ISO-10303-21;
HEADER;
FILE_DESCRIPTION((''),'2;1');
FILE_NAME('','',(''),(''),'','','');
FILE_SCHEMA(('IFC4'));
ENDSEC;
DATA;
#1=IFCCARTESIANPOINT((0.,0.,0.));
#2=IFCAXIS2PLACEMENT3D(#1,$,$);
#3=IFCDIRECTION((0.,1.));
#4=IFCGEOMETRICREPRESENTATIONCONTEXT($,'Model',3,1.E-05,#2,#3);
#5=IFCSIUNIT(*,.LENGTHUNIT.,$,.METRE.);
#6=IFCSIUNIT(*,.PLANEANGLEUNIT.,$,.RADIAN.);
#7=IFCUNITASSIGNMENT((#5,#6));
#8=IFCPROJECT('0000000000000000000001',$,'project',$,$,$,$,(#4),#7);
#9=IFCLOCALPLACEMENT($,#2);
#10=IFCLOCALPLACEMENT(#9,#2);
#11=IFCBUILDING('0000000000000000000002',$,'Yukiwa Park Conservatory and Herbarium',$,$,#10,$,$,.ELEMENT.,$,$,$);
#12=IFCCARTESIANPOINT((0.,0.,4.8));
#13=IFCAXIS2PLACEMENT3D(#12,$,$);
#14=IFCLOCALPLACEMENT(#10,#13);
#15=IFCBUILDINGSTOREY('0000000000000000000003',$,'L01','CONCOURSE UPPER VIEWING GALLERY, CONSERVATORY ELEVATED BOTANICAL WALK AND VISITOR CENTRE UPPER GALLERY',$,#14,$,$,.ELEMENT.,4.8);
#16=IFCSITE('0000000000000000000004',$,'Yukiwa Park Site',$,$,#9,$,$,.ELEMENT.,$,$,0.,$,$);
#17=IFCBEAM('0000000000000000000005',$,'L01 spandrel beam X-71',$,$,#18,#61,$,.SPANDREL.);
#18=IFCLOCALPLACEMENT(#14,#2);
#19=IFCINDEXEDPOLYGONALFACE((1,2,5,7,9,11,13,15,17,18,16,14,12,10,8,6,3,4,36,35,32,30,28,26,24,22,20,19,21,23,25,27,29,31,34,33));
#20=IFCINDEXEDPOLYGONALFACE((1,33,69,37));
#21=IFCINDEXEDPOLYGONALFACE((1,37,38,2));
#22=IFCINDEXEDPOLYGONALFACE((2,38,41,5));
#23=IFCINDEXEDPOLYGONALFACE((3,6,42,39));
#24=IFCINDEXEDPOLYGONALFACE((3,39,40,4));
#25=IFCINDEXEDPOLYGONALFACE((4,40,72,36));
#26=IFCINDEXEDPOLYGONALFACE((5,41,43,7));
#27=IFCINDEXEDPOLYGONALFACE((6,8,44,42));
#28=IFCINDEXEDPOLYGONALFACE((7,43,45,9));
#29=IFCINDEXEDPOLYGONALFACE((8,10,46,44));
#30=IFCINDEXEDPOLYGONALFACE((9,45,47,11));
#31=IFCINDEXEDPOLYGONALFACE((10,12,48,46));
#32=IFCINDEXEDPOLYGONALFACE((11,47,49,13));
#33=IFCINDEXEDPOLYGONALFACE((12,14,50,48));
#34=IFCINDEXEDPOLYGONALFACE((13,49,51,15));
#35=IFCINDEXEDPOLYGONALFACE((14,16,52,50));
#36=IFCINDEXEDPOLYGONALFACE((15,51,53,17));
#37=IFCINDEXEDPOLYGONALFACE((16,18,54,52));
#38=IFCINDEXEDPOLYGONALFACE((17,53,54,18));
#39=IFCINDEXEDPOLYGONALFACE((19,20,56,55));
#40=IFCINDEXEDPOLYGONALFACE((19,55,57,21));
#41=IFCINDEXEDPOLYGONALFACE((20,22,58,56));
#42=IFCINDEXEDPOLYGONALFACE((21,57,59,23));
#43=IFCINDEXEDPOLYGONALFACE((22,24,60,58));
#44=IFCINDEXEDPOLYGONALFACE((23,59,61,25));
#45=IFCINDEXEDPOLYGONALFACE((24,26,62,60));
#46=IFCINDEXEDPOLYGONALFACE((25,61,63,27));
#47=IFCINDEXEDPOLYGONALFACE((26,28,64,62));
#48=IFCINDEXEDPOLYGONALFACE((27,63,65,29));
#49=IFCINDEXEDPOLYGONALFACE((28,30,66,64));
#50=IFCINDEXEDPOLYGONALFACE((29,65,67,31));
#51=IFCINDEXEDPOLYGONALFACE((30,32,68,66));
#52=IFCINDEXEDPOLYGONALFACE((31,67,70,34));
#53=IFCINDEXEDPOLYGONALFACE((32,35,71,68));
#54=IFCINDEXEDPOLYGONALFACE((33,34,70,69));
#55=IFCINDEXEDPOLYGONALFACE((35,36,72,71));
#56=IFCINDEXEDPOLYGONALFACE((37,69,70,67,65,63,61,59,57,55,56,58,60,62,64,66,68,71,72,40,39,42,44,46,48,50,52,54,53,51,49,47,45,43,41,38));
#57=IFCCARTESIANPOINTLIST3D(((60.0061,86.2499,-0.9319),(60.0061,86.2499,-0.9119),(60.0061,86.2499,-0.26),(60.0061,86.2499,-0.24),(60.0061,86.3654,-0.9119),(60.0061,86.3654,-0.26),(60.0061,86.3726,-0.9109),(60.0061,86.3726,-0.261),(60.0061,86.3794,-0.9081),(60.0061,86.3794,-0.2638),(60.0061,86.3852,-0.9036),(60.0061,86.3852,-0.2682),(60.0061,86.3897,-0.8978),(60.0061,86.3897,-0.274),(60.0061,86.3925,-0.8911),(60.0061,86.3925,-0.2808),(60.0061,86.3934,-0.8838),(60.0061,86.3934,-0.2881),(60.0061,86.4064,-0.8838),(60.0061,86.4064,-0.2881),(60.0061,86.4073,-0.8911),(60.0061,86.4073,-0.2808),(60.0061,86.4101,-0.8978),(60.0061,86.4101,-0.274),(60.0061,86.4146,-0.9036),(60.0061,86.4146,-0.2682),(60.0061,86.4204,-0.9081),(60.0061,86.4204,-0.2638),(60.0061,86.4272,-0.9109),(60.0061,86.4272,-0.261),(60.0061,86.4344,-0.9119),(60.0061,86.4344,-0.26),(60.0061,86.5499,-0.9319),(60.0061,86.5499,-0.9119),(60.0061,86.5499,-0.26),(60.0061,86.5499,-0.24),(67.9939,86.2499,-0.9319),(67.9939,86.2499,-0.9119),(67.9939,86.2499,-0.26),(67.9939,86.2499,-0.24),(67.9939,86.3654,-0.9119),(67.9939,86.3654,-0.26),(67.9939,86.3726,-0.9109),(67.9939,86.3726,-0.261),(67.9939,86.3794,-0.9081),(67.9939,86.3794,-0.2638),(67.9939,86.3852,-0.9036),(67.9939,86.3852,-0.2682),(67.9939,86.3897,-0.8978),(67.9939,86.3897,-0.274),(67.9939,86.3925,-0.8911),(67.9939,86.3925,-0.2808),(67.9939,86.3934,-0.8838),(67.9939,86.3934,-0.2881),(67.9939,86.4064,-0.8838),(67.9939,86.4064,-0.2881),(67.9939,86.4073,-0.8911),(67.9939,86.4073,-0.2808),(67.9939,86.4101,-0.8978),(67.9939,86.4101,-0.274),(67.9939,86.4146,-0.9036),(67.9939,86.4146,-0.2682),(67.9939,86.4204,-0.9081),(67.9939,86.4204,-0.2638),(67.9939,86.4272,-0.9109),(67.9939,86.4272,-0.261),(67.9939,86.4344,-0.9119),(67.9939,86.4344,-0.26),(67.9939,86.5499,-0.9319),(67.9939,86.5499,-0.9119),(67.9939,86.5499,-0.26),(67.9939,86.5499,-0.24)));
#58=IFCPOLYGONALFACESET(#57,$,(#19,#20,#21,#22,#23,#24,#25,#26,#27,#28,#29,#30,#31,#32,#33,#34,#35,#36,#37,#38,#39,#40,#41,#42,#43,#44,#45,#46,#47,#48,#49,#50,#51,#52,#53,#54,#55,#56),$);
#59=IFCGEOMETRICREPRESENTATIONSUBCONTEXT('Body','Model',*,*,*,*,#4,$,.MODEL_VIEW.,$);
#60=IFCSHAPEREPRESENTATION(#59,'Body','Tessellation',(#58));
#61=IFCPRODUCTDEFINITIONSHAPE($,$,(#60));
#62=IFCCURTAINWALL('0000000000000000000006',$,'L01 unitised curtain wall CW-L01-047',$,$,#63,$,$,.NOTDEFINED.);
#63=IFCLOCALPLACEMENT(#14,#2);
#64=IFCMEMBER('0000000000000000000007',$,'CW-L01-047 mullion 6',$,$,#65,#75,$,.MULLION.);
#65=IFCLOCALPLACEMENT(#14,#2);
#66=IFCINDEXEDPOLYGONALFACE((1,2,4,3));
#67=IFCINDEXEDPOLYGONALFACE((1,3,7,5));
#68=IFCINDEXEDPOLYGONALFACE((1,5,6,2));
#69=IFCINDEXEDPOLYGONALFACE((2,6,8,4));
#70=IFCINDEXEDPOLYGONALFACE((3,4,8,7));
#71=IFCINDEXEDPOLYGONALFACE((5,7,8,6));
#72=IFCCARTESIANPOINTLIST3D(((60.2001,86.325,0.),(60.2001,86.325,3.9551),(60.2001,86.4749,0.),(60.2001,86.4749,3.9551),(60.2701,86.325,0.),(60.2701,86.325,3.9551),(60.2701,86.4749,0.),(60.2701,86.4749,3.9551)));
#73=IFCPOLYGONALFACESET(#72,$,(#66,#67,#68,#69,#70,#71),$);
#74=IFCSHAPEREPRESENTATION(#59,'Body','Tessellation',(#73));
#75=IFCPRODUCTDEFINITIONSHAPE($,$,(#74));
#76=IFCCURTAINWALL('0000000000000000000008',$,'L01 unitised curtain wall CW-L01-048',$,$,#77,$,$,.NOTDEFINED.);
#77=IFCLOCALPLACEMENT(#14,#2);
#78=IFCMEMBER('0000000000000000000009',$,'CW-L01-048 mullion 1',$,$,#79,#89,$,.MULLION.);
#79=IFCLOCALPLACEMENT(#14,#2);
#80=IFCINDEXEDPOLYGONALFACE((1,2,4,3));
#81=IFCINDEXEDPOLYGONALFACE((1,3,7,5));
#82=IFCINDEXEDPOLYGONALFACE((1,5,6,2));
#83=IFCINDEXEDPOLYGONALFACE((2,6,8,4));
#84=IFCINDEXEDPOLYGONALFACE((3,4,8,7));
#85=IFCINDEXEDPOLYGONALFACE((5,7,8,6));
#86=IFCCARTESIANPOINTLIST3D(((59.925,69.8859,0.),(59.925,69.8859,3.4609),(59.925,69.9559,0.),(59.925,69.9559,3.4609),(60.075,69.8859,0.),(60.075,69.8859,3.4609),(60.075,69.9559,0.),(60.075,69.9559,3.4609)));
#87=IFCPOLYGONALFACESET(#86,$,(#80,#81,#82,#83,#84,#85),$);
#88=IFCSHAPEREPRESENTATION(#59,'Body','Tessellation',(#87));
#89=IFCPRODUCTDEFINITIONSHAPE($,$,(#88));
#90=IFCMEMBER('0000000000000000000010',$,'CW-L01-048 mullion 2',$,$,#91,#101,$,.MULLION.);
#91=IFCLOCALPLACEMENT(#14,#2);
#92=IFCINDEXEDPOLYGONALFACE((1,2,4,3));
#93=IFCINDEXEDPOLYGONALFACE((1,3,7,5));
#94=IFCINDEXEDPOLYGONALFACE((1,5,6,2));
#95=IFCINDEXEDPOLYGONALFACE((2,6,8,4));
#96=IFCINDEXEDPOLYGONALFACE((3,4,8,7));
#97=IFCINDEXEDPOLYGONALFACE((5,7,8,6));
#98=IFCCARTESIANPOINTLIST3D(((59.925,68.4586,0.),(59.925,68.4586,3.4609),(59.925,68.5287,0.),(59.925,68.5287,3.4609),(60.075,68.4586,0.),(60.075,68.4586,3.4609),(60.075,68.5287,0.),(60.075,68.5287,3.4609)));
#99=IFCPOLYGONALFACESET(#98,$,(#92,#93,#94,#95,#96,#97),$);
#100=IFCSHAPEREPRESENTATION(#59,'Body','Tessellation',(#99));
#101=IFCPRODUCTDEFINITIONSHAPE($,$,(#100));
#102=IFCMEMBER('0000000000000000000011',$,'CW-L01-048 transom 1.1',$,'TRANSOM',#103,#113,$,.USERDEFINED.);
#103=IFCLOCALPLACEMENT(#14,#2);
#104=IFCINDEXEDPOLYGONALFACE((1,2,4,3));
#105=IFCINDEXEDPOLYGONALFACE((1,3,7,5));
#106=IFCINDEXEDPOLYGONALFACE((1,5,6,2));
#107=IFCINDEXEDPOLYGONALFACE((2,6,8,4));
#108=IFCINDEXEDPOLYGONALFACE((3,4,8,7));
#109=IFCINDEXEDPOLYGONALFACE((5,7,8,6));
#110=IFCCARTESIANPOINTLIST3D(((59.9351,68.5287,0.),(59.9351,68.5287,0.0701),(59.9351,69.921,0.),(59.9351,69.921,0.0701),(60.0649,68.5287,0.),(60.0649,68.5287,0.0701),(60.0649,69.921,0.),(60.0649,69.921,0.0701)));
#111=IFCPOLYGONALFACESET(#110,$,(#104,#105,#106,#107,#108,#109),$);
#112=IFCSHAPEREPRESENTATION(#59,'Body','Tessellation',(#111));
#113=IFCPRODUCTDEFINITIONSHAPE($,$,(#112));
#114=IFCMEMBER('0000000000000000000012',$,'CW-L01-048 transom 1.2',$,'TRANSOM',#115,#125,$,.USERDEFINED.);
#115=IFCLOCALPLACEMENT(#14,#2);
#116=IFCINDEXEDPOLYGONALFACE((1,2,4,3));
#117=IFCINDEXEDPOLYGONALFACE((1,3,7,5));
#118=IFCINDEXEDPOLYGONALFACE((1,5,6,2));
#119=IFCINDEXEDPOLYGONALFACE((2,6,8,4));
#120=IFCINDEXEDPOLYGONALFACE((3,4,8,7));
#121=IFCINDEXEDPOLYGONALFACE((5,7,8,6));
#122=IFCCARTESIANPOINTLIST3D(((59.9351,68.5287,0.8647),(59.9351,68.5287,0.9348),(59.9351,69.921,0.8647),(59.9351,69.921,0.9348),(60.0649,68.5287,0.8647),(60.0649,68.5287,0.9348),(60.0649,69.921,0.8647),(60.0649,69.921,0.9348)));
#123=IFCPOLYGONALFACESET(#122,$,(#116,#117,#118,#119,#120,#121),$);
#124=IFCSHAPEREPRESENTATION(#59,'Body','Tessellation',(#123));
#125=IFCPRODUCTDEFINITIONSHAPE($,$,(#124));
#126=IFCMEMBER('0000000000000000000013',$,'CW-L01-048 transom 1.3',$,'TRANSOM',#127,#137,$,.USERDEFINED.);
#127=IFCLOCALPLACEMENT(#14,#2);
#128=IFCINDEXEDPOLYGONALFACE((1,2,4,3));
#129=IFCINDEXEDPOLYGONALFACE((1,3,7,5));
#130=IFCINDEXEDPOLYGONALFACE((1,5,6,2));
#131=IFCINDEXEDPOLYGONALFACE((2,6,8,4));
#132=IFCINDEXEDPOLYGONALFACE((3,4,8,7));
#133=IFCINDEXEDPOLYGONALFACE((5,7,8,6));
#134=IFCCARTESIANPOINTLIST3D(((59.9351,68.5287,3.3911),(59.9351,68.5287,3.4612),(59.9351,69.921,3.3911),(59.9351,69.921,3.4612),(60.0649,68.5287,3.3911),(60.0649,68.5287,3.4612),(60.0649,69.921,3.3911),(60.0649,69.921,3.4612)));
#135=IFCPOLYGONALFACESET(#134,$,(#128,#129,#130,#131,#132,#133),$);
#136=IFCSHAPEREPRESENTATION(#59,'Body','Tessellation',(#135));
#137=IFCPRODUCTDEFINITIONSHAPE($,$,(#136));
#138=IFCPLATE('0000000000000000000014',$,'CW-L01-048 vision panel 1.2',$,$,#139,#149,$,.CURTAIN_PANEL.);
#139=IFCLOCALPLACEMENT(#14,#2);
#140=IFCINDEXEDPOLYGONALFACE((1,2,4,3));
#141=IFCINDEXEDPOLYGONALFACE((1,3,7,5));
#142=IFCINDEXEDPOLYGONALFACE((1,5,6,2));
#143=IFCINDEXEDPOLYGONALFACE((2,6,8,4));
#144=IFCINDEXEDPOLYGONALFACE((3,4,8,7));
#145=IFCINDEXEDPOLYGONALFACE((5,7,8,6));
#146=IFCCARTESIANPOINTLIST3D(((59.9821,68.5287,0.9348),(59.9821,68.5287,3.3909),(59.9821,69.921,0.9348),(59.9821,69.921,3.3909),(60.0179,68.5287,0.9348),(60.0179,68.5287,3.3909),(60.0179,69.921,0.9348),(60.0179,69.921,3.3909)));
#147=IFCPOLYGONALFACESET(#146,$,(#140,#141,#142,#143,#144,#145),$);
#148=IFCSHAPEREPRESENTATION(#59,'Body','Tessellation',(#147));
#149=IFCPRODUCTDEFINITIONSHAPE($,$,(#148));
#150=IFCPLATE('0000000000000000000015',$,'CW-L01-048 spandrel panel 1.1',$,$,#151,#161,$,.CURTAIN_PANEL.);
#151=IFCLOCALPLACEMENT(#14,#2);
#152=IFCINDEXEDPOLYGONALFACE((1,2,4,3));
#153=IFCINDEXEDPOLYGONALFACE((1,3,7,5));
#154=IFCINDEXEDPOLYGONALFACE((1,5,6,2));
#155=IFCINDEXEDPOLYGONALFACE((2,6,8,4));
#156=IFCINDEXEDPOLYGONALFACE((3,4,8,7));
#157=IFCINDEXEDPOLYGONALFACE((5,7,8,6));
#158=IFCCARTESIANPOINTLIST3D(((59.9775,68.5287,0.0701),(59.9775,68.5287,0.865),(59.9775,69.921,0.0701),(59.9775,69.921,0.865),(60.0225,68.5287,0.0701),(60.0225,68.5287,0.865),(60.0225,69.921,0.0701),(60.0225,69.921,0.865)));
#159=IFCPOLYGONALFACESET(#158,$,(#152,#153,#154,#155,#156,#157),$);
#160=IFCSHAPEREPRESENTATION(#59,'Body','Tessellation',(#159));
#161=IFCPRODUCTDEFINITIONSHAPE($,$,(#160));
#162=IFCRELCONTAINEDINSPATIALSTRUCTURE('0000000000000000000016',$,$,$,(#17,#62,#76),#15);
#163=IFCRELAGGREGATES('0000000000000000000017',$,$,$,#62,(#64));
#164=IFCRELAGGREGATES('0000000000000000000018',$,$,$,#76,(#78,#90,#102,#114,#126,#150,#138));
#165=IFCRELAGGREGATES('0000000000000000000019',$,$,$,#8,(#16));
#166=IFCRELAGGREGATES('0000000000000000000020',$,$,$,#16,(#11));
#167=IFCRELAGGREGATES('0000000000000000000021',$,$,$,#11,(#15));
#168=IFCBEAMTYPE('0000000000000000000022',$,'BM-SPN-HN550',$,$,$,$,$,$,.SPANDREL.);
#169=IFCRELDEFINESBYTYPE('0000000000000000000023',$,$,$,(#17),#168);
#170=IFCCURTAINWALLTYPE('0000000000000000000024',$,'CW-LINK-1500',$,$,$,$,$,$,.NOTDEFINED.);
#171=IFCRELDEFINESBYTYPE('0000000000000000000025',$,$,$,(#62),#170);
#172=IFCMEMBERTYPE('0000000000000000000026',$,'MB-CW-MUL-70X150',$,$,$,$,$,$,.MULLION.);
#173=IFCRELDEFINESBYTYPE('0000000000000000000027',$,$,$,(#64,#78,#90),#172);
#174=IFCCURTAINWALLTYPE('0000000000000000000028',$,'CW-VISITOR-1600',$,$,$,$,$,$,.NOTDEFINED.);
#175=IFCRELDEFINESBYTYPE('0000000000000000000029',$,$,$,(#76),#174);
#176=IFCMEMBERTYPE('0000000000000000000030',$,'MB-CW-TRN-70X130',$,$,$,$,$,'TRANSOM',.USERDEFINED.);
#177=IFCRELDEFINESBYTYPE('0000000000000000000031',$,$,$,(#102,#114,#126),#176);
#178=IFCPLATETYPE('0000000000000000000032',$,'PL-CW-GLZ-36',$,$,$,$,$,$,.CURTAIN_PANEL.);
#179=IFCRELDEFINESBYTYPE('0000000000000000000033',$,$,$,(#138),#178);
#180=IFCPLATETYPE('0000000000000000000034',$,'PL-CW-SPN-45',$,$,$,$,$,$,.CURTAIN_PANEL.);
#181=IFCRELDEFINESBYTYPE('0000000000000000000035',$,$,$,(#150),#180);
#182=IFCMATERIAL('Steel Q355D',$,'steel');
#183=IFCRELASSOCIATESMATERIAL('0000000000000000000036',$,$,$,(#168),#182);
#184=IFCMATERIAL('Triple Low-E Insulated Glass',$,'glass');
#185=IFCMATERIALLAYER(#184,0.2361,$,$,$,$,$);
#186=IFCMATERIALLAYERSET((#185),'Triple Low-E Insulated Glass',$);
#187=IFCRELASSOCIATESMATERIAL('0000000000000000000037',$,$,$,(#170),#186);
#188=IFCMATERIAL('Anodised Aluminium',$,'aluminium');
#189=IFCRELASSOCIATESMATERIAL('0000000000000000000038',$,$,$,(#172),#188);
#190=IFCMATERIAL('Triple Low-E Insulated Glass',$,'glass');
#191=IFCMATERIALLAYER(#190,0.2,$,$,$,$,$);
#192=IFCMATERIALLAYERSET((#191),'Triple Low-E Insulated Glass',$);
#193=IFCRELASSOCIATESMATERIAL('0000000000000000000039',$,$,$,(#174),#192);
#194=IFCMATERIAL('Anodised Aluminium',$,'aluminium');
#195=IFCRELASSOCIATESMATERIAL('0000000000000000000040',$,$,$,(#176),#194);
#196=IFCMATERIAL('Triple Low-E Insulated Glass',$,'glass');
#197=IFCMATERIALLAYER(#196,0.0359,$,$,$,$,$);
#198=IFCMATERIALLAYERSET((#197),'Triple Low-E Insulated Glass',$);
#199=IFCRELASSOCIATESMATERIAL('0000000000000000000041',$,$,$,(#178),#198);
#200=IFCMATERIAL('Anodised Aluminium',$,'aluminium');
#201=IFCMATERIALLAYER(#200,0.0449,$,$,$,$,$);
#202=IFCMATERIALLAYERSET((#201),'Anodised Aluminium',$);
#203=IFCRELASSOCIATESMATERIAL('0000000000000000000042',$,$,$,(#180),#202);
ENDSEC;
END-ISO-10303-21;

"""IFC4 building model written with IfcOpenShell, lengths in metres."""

from ifc_helpers import new_model, si_unit, direction, frame, origin, origin_2d, place, context, subcontext, project, spatial, rectangle, i_section, extrude, material, layer, layer_set, material_profile, profile_set, type_object, element, aggregate, save


model = new_model("IFC4")

# Units and contexts
model_context = context("Model", 3, precision=1e-05, world=origin(), true_north=direction((0.0, 1.0)))
body_context = subcontext(model_context, "Body", "Model", "MODEL_VIEW")
ifc_project = project(units=[si_unit("LENGTHUNIT", "METRE"), si_unit("PLANEANGLEUNIT", "RADIAN")], contexts=[model_context])

# Site, building, storey
site_placement = place(None, origin())
site = spatial("IfcSite", under=ifc_project, at=site_placement, Name="Yukiwa Park Site", CompositionType="ELEMENT", RefElevation=0.0)
building_placement = place(site_placement, origin())
building = spatial("IfcBuilding", under=site, at=building_placement, Name="Yukiwa Park Conservatory and Herbarium", CompositionType="ELEMENT")
storey_placement = place(building_placement, frame((0.0, 0.0, 4.8)))
storey = spatial("IfcBuildingStorey", under=building, at=storey_placement, Name="L01", Description="CONCOURSE UPPER VIEWING GALLERY, CONSERVATORY ELEVATED BOTANICAL WALK AND VISITOR CENTRE UPPER GALLERY", CompositionType="ELEMENT", Elevation=4.8)

# Beam
ifc_material_1 = material(Name="Steel Q355D", Category="steel")
ifc_material_profile_1 = material_profile(ifc_material_1, i_section(OverallWidth=0.3, OverallDepth=0.6919, WebThickness=0.0129, FlangeThickness=0.02, FilletRadius=0.0281, at=origin_2d()), Name="HN 692x300x13x20")
ifc_profile_set_1 = profile_set([ifc_material_profile_1], Name="Steel Q355D")
beam_type_1 = type_object("IfcBeamType", Name="BM-SPN-HN550", PredefinedType="SPANDREL", material=ifc_profile_set_1)
beam_1_placement = place(storey_placement, frame((60.0061, 86.3999, -0.5859), z_axis=(1.0, 0.0, 0.0), x_axis=(0.0, 1.0, 0.0)))
element("IfcBeam", 1, at=beam_1_placement, inside=storey, type_object=beam_type_1, Name="L01 spandrel beam X-71", PredefinedType="SPANDREL", context=body_context, shape_type="SweptSolid", body=[
    extrude(i_section(OverallWidth=0.3, OverallDepth=0.6919, WebThickness=0.0129, FlangeThickness=0.02, FilletRadius=0.0281, at=origin_2d()), origin(), (0.0, 0.0, 1.0), 7.9878),
])

# Curtain wall, member
ifc_material_2 = material(Name="Triple Low-E Insulated Glass", Category="glass")
ifc_layer_1 = layer(ifc_material_2, 0.2361)
ifc_layer_set_1 = layer_set([ifc_layer_1], Name="Triple Low-E Insulated Glass")
curtain_wall_type_1 = type_object("IfcCurtainWallType", Name="CW-LINK-1500", PredefinedType="NOTDEFINED", material=ifc_layer_set_1)
curtain_wall_1_placement = place(storey_placement, origin())
curtain_wall_1 = element("IfcCurtainWall", 2, at=curtain_wall_1_placement, inside=storey, type_object=curtain_wall_type_1, Name="L01 unitised curtain wall CW-L01-047", PredefinedType="NOTDEFINED")
ifc_material_3 = material(Name="Anodised Aluminium", Category="aluminium")
member_type_1 = type_object("IfcMemberType", Name="MB-CW-MUL-70X150", PredefinedType="MULLION", material=ifc_material_3)
member_1_placement = place(storey_placement, frame((60.2351, 86.3999, 0.0), z_axis=(0.0, 0.0, 1.0), x_axis=(-1.0, 0.0, 0.0)))
member_1 = element("IfcMember", 3, at=member_1_placement, type_object=member_type_1, Name="CW-L01-047 mullion 6", PredefinedType="MULLION", context=body_context, shape_type="SweptSolid", body=[
    extrude(rectangle(XDim=0.0701, YDim=0.1499, at=origin_2d()), origin(), (0.0, 0.0, 1.0), 3.9551),
])
aggregate(curtain_wall_1, [member_1])

# Curtain wall, members, plates
ifc_material_4 = material(Name="Triple Low-E Insulated Glass", Category="glass")
ifc_layer_2 = layer(ifc_material_4, 0.2)
ifc_layer_set_2 = layer_set([ifc_layer_2], Name="Triple Low-E Insulated Glass")
curtain_wall_type_2 = type_object("IfcCurtainWallType", Name="CW-VISITOR-1600", PredefinedType="NOTDEFINED", material=ifc_layer_set_2)
curtain_wall_2_placement = place(storey_placement, origin())
curtain_wall_2 = element("IfcCurtainWall", 4, at=curtain_wall_2_placement, inside=storey, type_object=curtain_wall_type_2, Name="L01 unitised curtain wall CW-L01-048", PredefinedType="NOTDEFINED")
member_2_placement = place(storey_placement, frame((60.0, 69.9209, 0.0), z_axis=(0.0, 0.0, 1.0), x_axis=(0.0, -1.0, 0.0)))
member_2 = element("IfcMember", 5, at=member_2_placement, type_object=member_type_1, Name="CW-L01-048 mullion 1", PredefinedType="MULLION", context=body_context, shape_type="SweptSolid", body=[
    extrude(rectangle(XDim=0.0701, YDim=0.1499, at=origin_2d()), origin(), (0.0, 0.0, 1.0), 3.4609),
])
member_3_placement = place(storey_placement, frame((60.0, 68.4937, 0.0), z_axis=(0.0, 0.0, 1.0), x_axis=(0.0, -1.0, 0.0)))
member_3 = element("IfcMember", 6, at=member_3_placement, type_object=member_type_1, Name="CW-L01-048 mullion 2", PredefinedType="MULLION", context=body_context, shape_type="SweptSolid", body=[
    extrude(rectangle(XDim=0.0701, YDim=0.1499, at=origin_2d()), origin(), (0.0, 0.0, 1.0), 3.4609),
])
ifc_material_5 = material(Name="Anodised Aluminium", Category="aluminium")
member_type_2 = type_object("IfcMemberType", Name="MB-CW-TRN-70X130", ElementType="TRANSOM", PredefinedType="USERDEFINED", material=ifc_material_5)
member_4_placement = place(storey_placement, frame((60.0, 69.2249, 0.0), z_axis=(0.0, 0.0, 1.0), x_axis=(0.0, -1.0, 0.0)))
member_4 = element("IfcMember", 7, at=member_4_placement, type_object=member_type_2, Name="CW-L01-048 transom 1.1", ObjectType="TRANSOM", PredefinedType="USERDEFINED", context=body_context, shape_type="SweptSolid", body=[
    extrude(rectangle(XDim=1.3923, YDim=0.1299, at=origin_2d()), origin(), (0.0, 0.0, 1.0), 0.0701),
])
member_5_placement = place(storey_placement, frame((60.0, 69.2249, 0.8647), z_axis=(0.0, 0.0, 1.0), x_axis=(0.0, -1.0, 0.0)))
member_5 = element("IfcMember", 8, at=member_5_placement, type_object=member_type_2, Name="CW-L01-048 transom 1.2", ObjectType="TRANSOM", PredefinedType="USERDEFINED", context=body_context, shape_type="SweptSolid", body=[
    extrude(rectangle(XDim=1.3923, YDim=0.1299, at=origin_2d()), origin(), (0.0, 0.0, 1.0), 0.0701),
])
member_6_placement = place(storey_placement, frame((60.0, 69.2249, 3.3911), z_axis=(0.0, 0.0, 1.0), x_axis=(0.0, -1.0, 0.0)))
member_6 = element("IfcMember", 9, at=member_6_placement, type_object=member_type_2, Name="CW-L01-048 transom 1.3", ObjectType="TRANSOM", PredefinedType="USERDEFINED", context=body_context, shape_type="SweptSolid", body=[
    extrude(rectangle(XDim=1.3923, YDim=0.1299, at=origin_2d()), origin(), (0.0, 0.0, 1.0), 0.0701),
])
ifc_material_6 = material(Name="Triple Low-E Insulated Glass", Category="glass")
ifc_layer_3 = layer(ifc_material_6, 0.0359)
ifc_layer_set_3 = layer_set([ifc_layer_3], Name="Triple Low-E Insulated Glass")
plate_type_1 = type_object("IfcPlateType", Name="PL-CW-GLZ-36", PredefinedType="CURTAIN_PANEL", material=ifc_layer_set_3)
plate_1_placement = place(storey_placement, frame((60.0, 69.2249, 0.9348), z_axis=(0.0, 0.0, 1.0), x_axis=(0.0, -1.0, 0.0)))
plate_1 = element("IfcPlate", 10, at=plate_1_placement, type_object=plate_type_1, Name="CW-L01-048 vision panel 1.2", PredefinedType="CURTAIN_PANEL", context=body_context, shape_type="SweptSolid", body=[
    extrude(rectangle(XDim=1.3923, YDim=0.0359, at=origin_2d()), origin(), (0.0, 0.0, 1.0), 2.4561),
])
ifc_material_7 = material(Name="Anodised Aluminium", Category="aluminium")
ifc_layer_4 = layer(ifc_material_7, 0.0449)
ifc_layer_set_4 = layer_set([ifc_layer_4], Name="Anodised Aluminium")
plate_type_2 = type_object("IfcPlateType", Name="PL-CW-SPN-45", PredefinedType="CURTAIN_PANEL", material=ifc_layer_set_4)
plate_2_placement = place(storey_placement, frame((60.0, 69.2249, 0.0701), z_axis=(0.0, 0.0, 1.0), x_axis=(0.0, -1.0, 0.0)))
plate_2 = element("IfcPlate", 11, at=plate_2_placement, type_object=plate_type_2, Name="CW-L01-048 spandrel panel 1.1", PredefinedType="CURTAIN_PANEL", context=body_context, shape_type="SweptSolid", body=[
    extrude(rectangle(XDim=1.3923, YDim=0.0449, at=origin_2d()), origin(), (0.0, 0.0, 1.0), 0.7949),
])
aggregate(curtain_wall_2, [member_2, member_3, member_4, member_5, member_6, plate_2, plate_1])

save(model, "model.ifc")
